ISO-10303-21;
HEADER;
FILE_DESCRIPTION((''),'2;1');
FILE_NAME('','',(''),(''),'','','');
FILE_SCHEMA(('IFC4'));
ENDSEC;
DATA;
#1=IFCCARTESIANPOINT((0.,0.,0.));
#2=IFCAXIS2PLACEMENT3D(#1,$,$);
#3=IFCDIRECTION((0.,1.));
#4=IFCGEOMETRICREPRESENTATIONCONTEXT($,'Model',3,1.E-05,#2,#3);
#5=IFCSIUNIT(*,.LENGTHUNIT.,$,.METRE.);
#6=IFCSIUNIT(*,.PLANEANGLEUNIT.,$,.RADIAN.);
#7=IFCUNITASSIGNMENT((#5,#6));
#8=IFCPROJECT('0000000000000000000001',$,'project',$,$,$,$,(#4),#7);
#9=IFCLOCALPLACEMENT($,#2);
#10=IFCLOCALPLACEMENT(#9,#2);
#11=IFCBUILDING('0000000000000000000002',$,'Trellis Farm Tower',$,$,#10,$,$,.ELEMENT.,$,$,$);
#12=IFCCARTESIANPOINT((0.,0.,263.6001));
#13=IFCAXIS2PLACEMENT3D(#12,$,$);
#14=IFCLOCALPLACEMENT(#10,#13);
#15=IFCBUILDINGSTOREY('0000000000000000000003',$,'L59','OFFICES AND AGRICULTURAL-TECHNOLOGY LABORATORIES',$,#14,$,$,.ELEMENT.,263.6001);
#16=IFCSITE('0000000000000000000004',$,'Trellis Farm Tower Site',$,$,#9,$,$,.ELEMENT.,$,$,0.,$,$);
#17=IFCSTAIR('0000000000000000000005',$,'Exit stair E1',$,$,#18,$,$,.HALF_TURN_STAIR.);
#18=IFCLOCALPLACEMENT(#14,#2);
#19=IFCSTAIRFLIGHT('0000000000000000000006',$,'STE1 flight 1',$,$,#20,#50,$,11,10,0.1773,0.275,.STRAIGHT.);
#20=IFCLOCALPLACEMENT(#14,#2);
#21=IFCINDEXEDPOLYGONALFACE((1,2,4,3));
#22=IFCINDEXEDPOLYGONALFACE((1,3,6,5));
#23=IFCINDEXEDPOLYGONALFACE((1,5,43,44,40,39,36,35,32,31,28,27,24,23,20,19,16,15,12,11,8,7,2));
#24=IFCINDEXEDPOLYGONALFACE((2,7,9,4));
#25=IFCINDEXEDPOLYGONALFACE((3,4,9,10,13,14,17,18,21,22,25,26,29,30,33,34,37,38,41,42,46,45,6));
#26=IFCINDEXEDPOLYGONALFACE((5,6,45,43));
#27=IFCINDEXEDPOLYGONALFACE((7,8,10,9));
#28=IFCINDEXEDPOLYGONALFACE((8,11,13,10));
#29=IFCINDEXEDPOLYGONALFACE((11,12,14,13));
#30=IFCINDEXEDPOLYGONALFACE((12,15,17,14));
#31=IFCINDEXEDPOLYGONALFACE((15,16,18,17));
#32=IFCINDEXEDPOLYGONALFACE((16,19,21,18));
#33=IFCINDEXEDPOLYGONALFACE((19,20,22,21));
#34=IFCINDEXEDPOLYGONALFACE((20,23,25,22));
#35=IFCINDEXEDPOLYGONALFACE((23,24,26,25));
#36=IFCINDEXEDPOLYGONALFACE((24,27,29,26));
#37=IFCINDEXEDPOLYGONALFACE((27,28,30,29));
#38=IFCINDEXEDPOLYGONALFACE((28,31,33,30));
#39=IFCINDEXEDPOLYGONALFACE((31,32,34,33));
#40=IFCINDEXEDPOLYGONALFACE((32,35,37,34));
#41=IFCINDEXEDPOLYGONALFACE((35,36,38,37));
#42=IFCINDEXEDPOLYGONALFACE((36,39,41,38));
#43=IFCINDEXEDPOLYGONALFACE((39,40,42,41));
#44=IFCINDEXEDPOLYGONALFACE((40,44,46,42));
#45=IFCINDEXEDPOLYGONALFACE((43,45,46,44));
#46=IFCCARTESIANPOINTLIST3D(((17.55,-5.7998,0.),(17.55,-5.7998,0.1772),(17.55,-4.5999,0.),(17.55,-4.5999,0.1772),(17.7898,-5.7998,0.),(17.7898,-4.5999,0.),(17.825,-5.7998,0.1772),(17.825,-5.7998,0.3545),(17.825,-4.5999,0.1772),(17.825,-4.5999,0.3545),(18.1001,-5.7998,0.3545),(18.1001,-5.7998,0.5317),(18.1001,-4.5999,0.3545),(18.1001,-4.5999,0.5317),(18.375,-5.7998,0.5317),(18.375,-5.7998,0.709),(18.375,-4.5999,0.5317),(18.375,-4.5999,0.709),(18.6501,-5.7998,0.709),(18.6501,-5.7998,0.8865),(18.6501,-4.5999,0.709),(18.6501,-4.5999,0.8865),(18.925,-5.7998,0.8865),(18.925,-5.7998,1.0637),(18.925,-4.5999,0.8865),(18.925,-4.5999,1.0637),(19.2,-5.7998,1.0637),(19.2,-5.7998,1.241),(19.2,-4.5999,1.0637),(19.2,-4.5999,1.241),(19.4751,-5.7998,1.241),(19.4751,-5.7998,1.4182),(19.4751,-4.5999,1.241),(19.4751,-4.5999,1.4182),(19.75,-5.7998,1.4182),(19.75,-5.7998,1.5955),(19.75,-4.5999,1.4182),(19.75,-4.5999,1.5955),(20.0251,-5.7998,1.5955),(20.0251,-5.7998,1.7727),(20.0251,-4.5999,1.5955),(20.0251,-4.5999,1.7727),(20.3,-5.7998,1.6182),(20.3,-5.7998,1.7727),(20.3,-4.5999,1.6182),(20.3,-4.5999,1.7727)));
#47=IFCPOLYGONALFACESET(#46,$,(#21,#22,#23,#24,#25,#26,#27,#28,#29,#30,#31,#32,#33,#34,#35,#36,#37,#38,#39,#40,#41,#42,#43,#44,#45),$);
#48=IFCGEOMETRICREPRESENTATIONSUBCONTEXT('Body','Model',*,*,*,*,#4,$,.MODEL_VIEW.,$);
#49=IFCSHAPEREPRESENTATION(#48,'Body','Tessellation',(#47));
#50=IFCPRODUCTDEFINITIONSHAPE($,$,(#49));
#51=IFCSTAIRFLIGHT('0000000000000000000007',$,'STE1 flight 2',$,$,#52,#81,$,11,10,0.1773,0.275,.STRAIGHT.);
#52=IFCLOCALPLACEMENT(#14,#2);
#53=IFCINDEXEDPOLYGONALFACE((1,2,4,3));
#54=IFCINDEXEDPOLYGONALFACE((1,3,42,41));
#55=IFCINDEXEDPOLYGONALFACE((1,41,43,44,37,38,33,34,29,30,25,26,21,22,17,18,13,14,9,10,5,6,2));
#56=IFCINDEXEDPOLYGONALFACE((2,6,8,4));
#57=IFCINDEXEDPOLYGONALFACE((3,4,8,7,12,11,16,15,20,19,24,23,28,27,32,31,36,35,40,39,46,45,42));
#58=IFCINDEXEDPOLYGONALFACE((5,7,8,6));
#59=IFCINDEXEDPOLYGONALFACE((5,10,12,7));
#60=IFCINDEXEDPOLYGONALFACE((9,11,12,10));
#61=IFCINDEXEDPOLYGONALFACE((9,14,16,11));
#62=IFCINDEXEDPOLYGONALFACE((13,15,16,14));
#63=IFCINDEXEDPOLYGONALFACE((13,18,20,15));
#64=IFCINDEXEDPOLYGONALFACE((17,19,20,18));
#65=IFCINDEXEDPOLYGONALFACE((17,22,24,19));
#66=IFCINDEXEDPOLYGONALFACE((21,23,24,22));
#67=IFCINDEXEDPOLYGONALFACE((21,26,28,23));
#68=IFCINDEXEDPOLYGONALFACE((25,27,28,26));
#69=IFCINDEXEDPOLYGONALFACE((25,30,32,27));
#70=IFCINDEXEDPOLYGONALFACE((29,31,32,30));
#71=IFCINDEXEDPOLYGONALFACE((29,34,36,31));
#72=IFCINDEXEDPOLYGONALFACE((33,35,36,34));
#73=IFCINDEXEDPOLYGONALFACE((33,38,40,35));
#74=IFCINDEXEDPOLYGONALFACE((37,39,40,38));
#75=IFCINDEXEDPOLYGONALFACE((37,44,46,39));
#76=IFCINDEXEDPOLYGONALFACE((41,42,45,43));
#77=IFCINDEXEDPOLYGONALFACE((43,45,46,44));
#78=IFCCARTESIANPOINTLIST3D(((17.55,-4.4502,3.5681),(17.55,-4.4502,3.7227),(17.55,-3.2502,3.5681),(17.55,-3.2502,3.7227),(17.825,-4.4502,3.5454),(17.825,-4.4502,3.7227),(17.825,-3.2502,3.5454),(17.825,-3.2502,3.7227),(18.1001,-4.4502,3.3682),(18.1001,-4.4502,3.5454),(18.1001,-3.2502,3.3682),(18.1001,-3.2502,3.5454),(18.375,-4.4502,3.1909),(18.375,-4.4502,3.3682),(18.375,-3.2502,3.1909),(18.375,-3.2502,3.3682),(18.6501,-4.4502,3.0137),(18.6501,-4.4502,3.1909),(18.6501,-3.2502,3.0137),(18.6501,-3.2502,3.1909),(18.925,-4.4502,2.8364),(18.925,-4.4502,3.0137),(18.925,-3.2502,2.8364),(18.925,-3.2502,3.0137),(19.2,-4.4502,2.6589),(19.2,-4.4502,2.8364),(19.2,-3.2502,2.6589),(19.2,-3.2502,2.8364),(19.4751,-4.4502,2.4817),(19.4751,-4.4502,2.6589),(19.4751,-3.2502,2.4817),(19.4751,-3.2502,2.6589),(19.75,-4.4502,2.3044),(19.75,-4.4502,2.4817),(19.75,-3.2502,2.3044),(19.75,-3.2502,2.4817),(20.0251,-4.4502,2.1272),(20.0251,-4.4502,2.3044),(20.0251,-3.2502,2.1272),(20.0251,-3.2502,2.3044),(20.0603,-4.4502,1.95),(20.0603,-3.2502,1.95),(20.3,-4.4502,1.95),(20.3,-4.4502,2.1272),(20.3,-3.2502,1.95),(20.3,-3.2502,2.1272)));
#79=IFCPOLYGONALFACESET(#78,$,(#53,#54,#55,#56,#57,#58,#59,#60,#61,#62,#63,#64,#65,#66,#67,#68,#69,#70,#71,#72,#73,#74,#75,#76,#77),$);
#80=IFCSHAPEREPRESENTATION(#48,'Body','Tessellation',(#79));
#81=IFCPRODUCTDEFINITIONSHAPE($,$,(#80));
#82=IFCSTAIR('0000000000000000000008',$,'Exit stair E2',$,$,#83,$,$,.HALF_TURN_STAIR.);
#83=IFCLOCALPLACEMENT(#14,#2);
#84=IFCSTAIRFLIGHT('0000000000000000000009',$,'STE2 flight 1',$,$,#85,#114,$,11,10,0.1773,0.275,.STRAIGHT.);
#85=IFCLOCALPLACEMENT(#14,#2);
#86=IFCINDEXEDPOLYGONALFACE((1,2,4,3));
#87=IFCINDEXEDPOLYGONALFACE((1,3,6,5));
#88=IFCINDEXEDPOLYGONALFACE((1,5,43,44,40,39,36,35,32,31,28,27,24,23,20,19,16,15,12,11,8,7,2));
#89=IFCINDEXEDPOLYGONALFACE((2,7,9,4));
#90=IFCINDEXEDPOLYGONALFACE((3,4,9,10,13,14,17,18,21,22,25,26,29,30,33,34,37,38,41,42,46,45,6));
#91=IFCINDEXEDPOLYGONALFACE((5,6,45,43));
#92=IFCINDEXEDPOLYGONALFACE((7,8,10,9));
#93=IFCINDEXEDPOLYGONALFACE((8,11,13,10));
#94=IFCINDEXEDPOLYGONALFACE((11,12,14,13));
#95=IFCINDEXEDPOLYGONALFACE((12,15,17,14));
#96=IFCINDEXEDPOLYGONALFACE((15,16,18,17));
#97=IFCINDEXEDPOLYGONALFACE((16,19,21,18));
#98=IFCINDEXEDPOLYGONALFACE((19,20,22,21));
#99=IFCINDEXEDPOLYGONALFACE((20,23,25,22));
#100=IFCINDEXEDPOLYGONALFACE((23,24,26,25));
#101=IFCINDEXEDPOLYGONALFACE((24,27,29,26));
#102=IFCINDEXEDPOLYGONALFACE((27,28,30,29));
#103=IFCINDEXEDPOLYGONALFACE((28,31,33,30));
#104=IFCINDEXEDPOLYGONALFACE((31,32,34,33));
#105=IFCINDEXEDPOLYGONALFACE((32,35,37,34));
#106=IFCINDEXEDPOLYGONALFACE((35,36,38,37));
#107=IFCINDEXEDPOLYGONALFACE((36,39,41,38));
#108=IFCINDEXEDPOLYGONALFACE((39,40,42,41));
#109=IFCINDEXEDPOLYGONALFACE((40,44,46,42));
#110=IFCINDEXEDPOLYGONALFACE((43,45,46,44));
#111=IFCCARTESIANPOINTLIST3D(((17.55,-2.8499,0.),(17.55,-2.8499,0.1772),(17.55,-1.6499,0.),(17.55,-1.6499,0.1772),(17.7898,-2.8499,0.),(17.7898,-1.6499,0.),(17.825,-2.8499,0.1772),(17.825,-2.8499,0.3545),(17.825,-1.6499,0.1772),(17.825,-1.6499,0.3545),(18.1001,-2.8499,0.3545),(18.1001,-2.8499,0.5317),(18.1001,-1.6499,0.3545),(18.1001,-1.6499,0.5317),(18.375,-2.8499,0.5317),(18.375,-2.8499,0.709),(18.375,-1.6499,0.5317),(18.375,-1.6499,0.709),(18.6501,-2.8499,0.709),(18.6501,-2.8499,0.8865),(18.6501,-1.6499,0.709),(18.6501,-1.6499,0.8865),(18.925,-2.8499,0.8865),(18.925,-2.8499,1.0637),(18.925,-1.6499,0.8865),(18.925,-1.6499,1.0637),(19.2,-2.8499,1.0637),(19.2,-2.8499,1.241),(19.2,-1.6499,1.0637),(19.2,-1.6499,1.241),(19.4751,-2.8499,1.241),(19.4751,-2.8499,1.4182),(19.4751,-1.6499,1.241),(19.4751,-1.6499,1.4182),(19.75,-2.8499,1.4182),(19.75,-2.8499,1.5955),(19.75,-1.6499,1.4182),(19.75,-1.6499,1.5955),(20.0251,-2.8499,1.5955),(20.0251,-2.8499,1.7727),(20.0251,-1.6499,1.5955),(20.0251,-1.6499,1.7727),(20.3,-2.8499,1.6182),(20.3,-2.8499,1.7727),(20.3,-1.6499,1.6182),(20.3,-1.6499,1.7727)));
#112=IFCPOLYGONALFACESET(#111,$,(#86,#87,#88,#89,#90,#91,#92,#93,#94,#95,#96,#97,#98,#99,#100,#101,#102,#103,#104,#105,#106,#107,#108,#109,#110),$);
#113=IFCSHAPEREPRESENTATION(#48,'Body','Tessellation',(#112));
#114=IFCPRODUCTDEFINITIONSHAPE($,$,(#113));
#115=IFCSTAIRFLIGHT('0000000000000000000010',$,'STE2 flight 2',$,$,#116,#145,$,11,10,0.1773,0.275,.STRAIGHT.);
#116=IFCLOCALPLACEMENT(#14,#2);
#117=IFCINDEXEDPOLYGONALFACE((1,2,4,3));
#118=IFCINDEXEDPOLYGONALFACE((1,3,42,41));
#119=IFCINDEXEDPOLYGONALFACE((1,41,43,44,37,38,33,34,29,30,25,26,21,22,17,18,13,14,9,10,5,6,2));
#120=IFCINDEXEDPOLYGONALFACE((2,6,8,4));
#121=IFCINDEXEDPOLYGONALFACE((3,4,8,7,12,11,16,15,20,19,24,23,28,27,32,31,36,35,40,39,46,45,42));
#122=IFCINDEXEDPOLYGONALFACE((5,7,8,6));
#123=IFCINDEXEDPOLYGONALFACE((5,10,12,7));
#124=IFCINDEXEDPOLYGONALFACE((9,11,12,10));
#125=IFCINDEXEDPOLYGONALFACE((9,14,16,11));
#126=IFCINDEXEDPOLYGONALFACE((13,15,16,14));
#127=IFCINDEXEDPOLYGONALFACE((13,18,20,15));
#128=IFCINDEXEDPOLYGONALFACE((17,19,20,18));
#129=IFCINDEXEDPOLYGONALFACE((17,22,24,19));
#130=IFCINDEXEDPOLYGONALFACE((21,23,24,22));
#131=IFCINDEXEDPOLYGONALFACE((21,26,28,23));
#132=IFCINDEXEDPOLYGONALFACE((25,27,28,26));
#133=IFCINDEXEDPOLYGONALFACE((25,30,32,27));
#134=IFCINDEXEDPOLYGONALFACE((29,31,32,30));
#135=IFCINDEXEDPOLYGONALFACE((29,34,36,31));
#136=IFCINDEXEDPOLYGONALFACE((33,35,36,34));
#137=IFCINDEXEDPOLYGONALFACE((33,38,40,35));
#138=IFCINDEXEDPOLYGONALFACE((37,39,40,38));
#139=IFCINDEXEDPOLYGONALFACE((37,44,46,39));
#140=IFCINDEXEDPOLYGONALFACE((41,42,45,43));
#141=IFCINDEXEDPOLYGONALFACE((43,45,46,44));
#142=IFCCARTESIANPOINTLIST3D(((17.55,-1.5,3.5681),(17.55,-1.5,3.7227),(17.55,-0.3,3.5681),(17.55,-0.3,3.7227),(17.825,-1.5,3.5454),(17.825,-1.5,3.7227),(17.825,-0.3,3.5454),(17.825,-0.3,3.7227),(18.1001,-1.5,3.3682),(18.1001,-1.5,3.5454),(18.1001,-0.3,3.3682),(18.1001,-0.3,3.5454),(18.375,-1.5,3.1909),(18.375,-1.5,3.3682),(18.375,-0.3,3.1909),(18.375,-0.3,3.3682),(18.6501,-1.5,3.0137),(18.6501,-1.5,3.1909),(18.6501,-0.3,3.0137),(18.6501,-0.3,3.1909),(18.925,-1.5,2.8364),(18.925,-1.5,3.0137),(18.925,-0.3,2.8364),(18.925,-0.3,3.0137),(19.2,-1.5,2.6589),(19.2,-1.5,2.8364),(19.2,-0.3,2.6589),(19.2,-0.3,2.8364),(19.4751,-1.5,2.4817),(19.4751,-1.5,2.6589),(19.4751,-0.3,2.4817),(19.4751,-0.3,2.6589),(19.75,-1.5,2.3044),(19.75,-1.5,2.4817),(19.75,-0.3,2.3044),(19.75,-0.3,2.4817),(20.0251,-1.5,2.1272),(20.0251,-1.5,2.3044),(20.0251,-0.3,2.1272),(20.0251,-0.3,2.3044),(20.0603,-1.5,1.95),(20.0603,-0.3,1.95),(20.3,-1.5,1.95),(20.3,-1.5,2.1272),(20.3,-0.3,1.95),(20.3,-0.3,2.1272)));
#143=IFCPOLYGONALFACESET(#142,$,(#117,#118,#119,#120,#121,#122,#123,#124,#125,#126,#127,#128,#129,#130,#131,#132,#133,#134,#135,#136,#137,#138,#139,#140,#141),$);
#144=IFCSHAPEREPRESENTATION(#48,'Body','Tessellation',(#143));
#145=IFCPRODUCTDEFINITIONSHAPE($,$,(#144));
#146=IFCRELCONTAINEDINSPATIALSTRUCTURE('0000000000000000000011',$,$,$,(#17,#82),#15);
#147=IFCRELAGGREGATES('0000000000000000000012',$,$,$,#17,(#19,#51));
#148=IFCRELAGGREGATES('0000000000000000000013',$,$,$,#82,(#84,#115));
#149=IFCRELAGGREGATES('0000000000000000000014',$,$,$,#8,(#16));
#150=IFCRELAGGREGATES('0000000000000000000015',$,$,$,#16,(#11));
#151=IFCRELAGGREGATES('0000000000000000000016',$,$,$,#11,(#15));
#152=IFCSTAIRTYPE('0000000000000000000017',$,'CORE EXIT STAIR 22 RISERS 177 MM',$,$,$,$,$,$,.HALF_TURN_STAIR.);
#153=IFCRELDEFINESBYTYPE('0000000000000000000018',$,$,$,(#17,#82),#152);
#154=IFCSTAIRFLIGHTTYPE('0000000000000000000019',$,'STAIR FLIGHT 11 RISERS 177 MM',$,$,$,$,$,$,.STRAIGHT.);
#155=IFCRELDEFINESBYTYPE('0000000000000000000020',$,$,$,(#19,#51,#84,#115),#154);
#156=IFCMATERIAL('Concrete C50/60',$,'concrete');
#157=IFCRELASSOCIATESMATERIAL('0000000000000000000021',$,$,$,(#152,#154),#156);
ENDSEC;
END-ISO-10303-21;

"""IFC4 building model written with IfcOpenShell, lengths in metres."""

from ifc_helpers import new_model, si_unit, direction, frame, origin, place, context, subcontext, project, spatial, polyline, outline, extrude, source, transform, mapped, material, type_object, element, aggregate, save


model = new_model("IFC4")

# Units and contexts
model_context = context("Model", 3, precision=1e-05, world=origin(), true_north=direction((0.0, 1.0)))
body_context = subcontext(model_context, "Body", "Model", "MODEL_VIEW")
ifc_project = project(units=[si_unit("LENGTHUNIT", "METRE"), si_unit("PLANEANGLEUNIT", "RADIAN")], contexts=[model_context])

# Site, building, storey
site_placement = place(None, origin())
site = spatial("IfcSite", under=ifc_project, at=site_placement, Name="Trellis Farm Tower Site", CompositionType="ELEMENT", RefElevation=0.0)
building_placement = place(site_placement, origin())
building = spatial("IfcBuilding", under=site, at=building_placement, Name="Trellis Farm Tower", CompositionType="ELEMENT")
storey_placement = place(building_placement, frame((0.0, 0.0, 263.6001)))
storey = spatial("IfcBuildingStorey", under=building, at=storey_placement, Name="L59", Description="OFFICES AND AGRICULTURAL-TECHNOLOGY LABORATORIES", CompositionType="ELEMENT", Elevation=263.6001)

# Shared definitions
placement = place(storey_placement, origin())

# Stairs, stair flights
ifc_material_1 = material(Name="Concrete C50/60", Category="concrete")
stair_type = type_object("IfcStairType", Name="CORE EXIT STAIR 22 RISERS 177 MM", PredefinedType="HALF_TURN_STAIR", material=ifc_material_1)
stair_1 = element("IfcStair", 1, at=placement, inside=storey, type_object=stair_type, Name="Exit stair E1", PredefinedType="HALF_TURN_STAIR")
stair_flight_type = type_object("IfcStairFlightType", Name="STAIR FLIGHT 11 RISERS 177 MM", PredefinedType="STRAIGHT", material=ifc_material_1)
shared_shape_1 = source(origin(), body_context, "Body", "SweptSolid", [
    extrude(outline(polyline([(0.0, 0.0), (0.0, 0.1772), (0.2749, 0.1772), (0.2749, 0.3545), (0.55, 0.3545), (0.55, 0.5317), (0.825, 0.5317), (0.825, 0.709), (1.1001, 0.709), (1.1001, 0.8865), (1.375, 0.8865), (1.375, 1.0637), (1.6499, 1.0637), (1.6499, 1.241), (1.925, 1.241), (1.925, 1.4182), (2.2, 1.4182), (2.2, 1.5955), (2.4751, 1.5955), (2.4751, 1.7727), (2.75, 1.7727), (2.75, 1.95), (2.75, 1.6182), (0.2397, 0.0), (0.0, 0.0)])), frame((0.0, 0.6001, 0.0), z_axis=(0.0, -1.0, 0.0), x_axis=(1.0, 0.0, 0.0)), (0.0, 0.0, 1.0), 1.2),
])
stair_flight_1_placement = place(storey_placement, frame((17.55, -5.2, 0.0), z_axis=(0.0, 0.0, 1.0), x_axis=(1.0, 0.0, 0.0)))
stair_flight_1 = element("IfcStairFlight", 2, at=stair_flight_1_placement, type_object=stair_flight_type, Name="STE1 flight 1", NumberOfRisers=11, NumberOfTreads=10, PredefinedType="STRAIGHT", RiserHeight=0.1773, TreadLength=0.275, context=body_context, shape_type="MappedRepresentation", body=[
    mapped(shared_shape_1, transform((0.0, 0.0, 0.0))),
])
stair_flight_2_placement = place(storey_placement, frame((20.3, -3.8501, 1.95), z_axis=(0.0, 0.0, 1.0), x_axis=(-1.0, 0.0, 0.0)))
stair_flight_2 = element("IfcStairFlight", 3, at=stair_flight_2_placement, type_object=stair_flight_type, Name="STE1 flight 2", NumberOfRisers=11, NumberOfTreads=10, PredefinedType="STRAIGHT", RiserHeight=0.1773, TreadLength=0.275, context=body_context, shape_type="MappedRepresentation", body=[
    mapped(shared_shape_1, transform((0.0, 0.0, 0.0))),
])
aggregate(stair_1, [stair_flight_1, stair_flight_2])
stair_2 = element("IfcStair", 4, at=placement, inside=storey, type_object=stair_type, Name="Exit stair E2", PredefinedType="HALF_TURN_STAIR")
stair_flight_3_placement = place(storey_placement, frame((17.55, -2.25, 0.0), z_axis=(0.0, 0.0, 1.0), x_axis=(1.0, 0.0, 0.0)))
stair_flight_3 = element("IfcStairFlight", 5, at=stair_flight_3_placement, type_object=stair_flight_type, Name="STE2 flight 1", NumberOfRisers=11, NumberOfTreads=10, PredefinedType="STRAIGHT", RiserHeight=0.1773, TreadLength=0.275, context=body_context, shape_type="MappedRepresentation", body=[
    mapped(shared_shape_1, transform((0.0, 0.0, 0.0))),
])
stair_flight_4_placement = place(storey_placement, frame((20.3, -0.8999, 1.95), z_axis=(0.0, 0.0, 1.0), x_axis=(-1.0, 0.0, 0.0)))
stair_flight_4 = element("IfcStairFlight", 6, at=stair_flight_4_placement, type_object=stair_flight_type, Name="STE2 flight 2", NumberOfRisers=11, NumberOfTreads=10, PredefinedType="STRAIGHT", RiserHeight=0.1773, TreadLength=0.275, context=body_context, shape_type="MappedRepresentation", body=[
    mapped(shared_shape_1, transform((0.0, 0.0, 0.0))),
])
aggregate(stair_2, [stair_flight_3, stair_flight_4])

save(model, "model.ifc")
